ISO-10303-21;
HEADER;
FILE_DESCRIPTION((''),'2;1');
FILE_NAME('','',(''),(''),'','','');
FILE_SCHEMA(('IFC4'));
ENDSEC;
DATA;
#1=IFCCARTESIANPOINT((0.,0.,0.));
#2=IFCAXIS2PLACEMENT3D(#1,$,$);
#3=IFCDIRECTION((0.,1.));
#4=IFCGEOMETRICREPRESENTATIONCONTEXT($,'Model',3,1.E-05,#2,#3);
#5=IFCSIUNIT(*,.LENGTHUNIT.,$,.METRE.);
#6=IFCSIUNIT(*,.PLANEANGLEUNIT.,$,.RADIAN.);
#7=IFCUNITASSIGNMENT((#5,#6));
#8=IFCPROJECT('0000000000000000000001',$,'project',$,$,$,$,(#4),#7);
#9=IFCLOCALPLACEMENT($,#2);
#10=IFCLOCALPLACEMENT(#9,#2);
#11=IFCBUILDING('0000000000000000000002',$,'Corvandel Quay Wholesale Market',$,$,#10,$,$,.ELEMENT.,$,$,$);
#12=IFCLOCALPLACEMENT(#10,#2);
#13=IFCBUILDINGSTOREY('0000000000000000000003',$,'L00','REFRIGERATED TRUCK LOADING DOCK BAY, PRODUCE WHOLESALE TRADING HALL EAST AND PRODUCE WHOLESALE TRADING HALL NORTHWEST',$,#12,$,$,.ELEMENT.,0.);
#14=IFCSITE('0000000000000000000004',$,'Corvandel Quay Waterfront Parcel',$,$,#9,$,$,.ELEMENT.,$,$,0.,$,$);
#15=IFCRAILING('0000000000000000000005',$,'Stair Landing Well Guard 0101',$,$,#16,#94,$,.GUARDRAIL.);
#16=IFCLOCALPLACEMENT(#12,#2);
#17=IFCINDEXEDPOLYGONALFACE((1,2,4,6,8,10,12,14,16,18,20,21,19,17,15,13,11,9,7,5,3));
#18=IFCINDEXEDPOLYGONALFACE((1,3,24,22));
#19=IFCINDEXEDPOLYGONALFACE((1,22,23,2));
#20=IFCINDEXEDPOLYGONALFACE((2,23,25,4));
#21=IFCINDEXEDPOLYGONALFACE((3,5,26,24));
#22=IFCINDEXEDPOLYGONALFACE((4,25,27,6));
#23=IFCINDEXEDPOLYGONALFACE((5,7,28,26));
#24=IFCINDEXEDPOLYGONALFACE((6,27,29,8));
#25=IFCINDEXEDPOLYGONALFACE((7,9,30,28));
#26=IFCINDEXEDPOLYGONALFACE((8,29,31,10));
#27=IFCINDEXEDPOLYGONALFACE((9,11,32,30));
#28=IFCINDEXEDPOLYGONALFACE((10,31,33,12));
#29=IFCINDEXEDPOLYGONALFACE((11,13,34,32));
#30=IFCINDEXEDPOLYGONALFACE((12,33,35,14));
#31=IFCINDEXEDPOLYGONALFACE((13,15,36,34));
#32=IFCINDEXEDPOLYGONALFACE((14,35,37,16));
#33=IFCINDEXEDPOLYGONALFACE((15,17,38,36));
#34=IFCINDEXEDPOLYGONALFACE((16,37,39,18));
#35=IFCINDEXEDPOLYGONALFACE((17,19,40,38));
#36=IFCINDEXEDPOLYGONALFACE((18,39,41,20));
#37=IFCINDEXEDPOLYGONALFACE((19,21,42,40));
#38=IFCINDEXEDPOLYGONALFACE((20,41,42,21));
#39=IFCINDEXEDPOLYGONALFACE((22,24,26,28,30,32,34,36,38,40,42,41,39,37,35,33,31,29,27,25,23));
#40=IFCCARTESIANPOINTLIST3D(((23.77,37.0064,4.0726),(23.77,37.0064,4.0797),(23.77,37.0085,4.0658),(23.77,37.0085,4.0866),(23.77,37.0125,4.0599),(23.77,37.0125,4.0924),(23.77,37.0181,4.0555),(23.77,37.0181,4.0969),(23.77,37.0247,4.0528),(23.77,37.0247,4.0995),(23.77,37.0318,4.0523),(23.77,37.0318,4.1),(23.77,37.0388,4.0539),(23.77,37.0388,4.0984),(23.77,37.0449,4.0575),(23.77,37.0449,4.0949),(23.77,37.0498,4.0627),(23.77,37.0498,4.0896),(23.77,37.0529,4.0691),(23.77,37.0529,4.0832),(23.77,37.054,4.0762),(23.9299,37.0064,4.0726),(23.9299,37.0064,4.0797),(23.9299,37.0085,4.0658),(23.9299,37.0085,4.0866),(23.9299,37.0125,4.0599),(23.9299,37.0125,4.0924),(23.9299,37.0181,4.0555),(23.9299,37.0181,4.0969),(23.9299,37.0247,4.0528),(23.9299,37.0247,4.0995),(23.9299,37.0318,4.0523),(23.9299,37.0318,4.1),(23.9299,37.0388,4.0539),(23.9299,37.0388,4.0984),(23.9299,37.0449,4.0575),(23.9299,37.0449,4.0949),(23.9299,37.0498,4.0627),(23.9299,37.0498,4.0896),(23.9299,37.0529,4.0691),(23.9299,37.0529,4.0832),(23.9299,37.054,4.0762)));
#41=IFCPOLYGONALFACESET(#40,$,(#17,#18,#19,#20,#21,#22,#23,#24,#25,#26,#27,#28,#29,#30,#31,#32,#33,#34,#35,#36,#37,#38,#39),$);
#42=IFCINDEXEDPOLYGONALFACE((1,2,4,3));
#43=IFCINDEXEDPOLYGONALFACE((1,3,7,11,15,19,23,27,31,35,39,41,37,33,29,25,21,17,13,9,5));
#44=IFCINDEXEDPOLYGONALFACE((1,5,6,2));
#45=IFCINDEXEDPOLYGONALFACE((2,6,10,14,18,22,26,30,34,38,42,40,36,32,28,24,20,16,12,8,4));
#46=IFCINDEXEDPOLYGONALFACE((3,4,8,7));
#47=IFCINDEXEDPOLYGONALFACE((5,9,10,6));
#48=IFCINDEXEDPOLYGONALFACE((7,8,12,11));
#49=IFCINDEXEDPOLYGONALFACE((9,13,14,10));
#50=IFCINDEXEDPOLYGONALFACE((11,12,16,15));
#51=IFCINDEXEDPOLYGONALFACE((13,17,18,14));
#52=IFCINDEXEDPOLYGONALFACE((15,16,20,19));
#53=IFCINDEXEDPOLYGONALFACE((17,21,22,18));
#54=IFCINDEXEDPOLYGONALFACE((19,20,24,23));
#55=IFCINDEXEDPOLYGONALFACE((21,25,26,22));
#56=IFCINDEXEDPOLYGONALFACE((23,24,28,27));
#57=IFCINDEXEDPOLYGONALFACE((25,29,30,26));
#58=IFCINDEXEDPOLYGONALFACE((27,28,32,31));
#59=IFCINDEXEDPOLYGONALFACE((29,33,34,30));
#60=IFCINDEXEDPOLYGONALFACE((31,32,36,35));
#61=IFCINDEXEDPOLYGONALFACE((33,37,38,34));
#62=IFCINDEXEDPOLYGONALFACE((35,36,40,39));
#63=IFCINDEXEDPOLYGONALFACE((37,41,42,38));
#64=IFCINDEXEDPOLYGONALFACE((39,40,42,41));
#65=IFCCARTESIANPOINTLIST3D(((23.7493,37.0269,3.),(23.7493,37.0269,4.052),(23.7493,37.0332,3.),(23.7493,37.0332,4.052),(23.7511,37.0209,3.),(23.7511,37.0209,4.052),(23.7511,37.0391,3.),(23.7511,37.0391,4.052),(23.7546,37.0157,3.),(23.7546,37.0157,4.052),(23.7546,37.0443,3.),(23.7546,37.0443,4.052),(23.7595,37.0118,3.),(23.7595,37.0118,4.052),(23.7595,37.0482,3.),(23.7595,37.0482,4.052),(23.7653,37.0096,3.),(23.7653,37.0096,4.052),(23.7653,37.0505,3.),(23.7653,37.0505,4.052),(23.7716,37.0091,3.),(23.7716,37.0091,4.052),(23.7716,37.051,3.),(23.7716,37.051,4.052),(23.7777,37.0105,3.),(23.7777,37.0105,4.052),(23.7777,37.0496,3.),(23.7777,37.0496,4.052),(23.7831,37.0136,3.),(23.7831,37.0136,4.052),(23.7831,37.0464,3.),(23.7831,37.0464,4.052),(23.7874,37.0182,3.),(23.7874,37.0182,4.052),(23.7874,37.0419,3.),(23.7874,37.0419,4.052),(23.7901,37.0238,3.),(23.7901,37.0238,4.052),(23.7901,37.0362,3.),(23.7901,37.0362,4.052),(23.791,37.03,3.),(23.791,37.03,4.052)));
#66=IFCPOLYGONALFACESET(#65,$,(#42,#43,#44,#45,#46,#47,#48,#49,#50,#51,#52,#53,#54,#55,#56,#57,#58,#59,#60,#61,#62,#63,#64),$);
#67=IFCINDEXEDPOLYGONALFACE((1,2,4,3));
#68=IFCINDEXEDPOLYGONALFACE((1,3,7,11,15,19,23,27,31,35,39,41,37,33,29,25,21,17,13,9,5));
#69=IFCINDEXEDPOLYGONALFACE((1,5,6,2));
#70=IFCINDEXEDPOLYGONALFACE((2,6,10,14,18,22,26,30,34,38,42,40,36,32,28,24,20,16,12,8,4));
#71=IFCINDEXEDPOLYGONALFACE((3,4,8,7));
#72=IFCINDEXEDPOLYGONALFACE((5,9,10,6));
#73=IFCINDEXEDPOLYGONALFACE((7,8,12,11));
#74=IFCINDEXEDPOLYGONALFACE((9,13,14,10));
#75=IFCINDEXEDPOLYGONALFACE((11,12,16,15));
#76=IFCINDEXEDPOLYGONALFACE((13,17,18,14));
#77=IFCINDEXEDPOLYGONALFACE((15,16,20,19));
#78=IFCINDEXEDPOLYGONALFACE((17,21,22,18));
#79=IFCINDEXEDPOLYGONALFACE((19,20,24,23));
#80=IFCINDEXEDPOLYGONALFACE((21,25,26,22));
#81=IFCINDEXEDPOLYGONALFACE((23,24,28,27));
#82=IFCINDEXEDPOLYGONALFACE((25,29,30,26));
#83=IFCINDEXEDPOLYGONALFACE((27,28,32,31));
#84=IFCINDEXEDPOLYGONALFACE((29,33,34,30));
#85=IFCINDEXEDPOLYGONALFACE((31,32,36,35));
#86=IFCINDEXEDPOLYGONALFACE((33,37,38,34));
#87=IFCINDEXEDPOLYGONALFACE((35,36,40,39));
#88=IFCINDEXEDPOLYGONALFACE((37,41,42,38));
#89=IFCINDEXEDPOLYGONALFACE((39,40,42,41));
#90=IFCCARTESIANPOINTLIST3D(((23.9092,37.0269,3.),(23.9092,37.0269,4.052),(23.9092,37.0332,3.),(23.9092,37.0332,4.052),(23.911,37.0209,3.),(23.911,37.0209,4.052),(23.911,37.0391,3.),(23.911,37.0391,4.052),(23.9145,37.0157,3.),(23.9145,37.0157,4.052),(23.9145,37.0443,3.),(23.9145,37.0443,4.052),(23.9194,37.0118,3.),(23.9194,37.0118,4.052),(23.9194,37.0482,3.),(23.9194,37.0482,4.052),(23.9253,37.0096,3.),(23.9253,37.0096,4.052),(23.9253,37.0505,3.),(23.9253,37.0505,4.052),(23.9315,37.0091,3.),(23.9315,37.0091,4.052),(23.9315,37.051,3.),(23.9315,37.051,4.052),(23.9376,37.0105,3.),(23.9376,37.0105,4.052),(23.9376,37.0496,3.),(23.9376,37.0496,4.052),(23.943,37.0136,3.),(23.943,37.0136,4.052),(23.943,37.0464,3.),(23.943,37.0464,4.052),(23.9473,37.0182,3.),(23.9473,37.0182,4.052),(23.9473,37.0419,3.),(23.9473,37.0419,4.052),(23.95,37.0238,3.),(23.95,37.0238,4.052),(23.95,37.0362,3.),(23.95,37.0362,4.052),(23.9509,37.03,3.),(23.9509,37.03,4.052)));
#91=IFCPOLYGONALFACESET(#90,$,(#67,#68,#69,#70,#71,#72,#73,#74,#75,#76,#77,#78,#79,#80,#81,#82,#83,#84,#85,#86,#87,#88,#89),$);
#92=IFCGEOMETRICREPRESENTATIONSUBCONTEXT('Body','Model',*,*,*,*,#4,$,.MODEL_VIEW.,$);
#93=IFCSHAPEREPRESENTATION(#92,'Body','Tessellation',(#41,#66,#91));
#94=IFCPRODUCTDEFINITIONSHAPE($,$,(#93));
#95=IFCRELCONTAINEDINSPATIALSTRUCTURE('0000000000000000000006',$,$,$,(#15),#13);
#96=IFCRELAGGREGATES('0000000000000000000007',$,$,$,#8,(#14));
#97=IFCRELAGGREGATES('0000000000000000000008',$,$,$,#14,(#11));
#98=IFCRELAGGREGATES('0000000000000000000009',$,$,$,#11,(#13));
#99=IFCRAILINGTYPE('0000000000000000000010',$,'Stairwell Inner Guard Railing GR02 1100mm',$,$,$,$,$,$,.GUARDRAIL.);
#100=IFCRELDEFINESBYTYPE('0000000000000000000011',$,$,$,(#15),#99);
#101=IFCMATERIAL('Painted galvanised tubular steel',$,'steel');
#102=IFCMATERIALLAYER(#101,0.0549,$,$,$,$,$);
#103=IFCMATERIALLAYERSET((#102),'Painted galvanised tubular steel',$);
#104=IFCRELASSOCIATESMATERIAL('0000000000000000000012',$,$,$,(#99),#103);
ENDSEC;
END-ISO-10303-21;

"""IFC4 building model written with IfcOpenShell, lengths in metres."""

from ifc_helpers import new_model, si_unit, direction, frame, origin, origin_2d, place, context, subcontext, project, spatial, circle, extrude, material, layer, layer_set, type_object, element, save


model = new_model("IFC4")

# Units and contexts
model_context = context("Model", 3, precision=1e-05, world=origin(), true_north=direction((0.0, 1.0)))
body_context = subcontext(model_context, "Body", "Model", "MODEL_VIEW")
ifc_project = project(units=[si_unit("LENGTHUNIT", "METRE"), si_unit("PLANEANGLEUNIT", "RADIAN")], contexts=[model_context])

# Site, building, storey
site_placement = place(None, origin())
site = spatial("IfcSite", under=ifc_project, at=site_placement, Name="Corvandel Quay Waterfront Parcel", CompositionType="ELEMENT", RefElevation=0.0)
building_placement = place(site_placement, origin())
building = spatial("IfcBuilding", under=site, at=building_placement, Name="Corvandel Quay Wholesale Market", CompositionType="ELEMENT")
storey_placement = place(building_placement, origin())
storey = spatial("IfcBuildingStorey", under=building, at=storey_placement, Name="L00", Description="REFRIGERATED TRUCK LOADING DOCK BAY, PRODUCE WHOLESALE TRADING HALL EAST AND PRODUCE WHOLESALE TRADING HALL NORTHWEST", CompositionType="ELEMENT", Elevation=0.0)

# Railing
ifc_material_1 = material(Name="Painted galvanised tubular steel", Category="steel")
ifc_layer_1 = layer(ifc_material_1, 0.0549)
ifc_layer_set_1 = layer_set([ifc_layer_1], Name="Painted galvanised tubular steel")
railing_type_1 = type_object("IfcRailingType", Name="Stairwell Inner Guard Railing GR02 1100mm", PredefinedType="GUARDRAIL", material=ifc_layer_set_1)
railing_placement = place(storey_placement, frame((23.77, 37.03, 3.0)))
element("IfcRailing", 1, at=railing_placement, inside=storey, type_object=railing_type_1, Name="Stair Landing Well Guard 0101", PredefinedType="GUARDRAIL", context=body_context, shape_type="SweptSolid", body=[
    extrude(circle(Radius=0.0239, at=origin_2d()), frame((0.0, 0.0, 1.0762), z_axis=(1.0, 0.0, 0.0), x_axis=(0.0, 1.0, 0.0)), (0.0, 0.0, 1.0), 0.1599),
    extrude(circle(Radius=0.021, at=origin_2d()), origin(), (0.0, 0.0, 1.0), 1.052),
    extrude(circle(Radius=0.021, at=origin_2d()), frame((0.1599, 0.0, 0.0)), (0.0, 0.0, 1.0), 1.052),
])

save(model, "model.ifc")
